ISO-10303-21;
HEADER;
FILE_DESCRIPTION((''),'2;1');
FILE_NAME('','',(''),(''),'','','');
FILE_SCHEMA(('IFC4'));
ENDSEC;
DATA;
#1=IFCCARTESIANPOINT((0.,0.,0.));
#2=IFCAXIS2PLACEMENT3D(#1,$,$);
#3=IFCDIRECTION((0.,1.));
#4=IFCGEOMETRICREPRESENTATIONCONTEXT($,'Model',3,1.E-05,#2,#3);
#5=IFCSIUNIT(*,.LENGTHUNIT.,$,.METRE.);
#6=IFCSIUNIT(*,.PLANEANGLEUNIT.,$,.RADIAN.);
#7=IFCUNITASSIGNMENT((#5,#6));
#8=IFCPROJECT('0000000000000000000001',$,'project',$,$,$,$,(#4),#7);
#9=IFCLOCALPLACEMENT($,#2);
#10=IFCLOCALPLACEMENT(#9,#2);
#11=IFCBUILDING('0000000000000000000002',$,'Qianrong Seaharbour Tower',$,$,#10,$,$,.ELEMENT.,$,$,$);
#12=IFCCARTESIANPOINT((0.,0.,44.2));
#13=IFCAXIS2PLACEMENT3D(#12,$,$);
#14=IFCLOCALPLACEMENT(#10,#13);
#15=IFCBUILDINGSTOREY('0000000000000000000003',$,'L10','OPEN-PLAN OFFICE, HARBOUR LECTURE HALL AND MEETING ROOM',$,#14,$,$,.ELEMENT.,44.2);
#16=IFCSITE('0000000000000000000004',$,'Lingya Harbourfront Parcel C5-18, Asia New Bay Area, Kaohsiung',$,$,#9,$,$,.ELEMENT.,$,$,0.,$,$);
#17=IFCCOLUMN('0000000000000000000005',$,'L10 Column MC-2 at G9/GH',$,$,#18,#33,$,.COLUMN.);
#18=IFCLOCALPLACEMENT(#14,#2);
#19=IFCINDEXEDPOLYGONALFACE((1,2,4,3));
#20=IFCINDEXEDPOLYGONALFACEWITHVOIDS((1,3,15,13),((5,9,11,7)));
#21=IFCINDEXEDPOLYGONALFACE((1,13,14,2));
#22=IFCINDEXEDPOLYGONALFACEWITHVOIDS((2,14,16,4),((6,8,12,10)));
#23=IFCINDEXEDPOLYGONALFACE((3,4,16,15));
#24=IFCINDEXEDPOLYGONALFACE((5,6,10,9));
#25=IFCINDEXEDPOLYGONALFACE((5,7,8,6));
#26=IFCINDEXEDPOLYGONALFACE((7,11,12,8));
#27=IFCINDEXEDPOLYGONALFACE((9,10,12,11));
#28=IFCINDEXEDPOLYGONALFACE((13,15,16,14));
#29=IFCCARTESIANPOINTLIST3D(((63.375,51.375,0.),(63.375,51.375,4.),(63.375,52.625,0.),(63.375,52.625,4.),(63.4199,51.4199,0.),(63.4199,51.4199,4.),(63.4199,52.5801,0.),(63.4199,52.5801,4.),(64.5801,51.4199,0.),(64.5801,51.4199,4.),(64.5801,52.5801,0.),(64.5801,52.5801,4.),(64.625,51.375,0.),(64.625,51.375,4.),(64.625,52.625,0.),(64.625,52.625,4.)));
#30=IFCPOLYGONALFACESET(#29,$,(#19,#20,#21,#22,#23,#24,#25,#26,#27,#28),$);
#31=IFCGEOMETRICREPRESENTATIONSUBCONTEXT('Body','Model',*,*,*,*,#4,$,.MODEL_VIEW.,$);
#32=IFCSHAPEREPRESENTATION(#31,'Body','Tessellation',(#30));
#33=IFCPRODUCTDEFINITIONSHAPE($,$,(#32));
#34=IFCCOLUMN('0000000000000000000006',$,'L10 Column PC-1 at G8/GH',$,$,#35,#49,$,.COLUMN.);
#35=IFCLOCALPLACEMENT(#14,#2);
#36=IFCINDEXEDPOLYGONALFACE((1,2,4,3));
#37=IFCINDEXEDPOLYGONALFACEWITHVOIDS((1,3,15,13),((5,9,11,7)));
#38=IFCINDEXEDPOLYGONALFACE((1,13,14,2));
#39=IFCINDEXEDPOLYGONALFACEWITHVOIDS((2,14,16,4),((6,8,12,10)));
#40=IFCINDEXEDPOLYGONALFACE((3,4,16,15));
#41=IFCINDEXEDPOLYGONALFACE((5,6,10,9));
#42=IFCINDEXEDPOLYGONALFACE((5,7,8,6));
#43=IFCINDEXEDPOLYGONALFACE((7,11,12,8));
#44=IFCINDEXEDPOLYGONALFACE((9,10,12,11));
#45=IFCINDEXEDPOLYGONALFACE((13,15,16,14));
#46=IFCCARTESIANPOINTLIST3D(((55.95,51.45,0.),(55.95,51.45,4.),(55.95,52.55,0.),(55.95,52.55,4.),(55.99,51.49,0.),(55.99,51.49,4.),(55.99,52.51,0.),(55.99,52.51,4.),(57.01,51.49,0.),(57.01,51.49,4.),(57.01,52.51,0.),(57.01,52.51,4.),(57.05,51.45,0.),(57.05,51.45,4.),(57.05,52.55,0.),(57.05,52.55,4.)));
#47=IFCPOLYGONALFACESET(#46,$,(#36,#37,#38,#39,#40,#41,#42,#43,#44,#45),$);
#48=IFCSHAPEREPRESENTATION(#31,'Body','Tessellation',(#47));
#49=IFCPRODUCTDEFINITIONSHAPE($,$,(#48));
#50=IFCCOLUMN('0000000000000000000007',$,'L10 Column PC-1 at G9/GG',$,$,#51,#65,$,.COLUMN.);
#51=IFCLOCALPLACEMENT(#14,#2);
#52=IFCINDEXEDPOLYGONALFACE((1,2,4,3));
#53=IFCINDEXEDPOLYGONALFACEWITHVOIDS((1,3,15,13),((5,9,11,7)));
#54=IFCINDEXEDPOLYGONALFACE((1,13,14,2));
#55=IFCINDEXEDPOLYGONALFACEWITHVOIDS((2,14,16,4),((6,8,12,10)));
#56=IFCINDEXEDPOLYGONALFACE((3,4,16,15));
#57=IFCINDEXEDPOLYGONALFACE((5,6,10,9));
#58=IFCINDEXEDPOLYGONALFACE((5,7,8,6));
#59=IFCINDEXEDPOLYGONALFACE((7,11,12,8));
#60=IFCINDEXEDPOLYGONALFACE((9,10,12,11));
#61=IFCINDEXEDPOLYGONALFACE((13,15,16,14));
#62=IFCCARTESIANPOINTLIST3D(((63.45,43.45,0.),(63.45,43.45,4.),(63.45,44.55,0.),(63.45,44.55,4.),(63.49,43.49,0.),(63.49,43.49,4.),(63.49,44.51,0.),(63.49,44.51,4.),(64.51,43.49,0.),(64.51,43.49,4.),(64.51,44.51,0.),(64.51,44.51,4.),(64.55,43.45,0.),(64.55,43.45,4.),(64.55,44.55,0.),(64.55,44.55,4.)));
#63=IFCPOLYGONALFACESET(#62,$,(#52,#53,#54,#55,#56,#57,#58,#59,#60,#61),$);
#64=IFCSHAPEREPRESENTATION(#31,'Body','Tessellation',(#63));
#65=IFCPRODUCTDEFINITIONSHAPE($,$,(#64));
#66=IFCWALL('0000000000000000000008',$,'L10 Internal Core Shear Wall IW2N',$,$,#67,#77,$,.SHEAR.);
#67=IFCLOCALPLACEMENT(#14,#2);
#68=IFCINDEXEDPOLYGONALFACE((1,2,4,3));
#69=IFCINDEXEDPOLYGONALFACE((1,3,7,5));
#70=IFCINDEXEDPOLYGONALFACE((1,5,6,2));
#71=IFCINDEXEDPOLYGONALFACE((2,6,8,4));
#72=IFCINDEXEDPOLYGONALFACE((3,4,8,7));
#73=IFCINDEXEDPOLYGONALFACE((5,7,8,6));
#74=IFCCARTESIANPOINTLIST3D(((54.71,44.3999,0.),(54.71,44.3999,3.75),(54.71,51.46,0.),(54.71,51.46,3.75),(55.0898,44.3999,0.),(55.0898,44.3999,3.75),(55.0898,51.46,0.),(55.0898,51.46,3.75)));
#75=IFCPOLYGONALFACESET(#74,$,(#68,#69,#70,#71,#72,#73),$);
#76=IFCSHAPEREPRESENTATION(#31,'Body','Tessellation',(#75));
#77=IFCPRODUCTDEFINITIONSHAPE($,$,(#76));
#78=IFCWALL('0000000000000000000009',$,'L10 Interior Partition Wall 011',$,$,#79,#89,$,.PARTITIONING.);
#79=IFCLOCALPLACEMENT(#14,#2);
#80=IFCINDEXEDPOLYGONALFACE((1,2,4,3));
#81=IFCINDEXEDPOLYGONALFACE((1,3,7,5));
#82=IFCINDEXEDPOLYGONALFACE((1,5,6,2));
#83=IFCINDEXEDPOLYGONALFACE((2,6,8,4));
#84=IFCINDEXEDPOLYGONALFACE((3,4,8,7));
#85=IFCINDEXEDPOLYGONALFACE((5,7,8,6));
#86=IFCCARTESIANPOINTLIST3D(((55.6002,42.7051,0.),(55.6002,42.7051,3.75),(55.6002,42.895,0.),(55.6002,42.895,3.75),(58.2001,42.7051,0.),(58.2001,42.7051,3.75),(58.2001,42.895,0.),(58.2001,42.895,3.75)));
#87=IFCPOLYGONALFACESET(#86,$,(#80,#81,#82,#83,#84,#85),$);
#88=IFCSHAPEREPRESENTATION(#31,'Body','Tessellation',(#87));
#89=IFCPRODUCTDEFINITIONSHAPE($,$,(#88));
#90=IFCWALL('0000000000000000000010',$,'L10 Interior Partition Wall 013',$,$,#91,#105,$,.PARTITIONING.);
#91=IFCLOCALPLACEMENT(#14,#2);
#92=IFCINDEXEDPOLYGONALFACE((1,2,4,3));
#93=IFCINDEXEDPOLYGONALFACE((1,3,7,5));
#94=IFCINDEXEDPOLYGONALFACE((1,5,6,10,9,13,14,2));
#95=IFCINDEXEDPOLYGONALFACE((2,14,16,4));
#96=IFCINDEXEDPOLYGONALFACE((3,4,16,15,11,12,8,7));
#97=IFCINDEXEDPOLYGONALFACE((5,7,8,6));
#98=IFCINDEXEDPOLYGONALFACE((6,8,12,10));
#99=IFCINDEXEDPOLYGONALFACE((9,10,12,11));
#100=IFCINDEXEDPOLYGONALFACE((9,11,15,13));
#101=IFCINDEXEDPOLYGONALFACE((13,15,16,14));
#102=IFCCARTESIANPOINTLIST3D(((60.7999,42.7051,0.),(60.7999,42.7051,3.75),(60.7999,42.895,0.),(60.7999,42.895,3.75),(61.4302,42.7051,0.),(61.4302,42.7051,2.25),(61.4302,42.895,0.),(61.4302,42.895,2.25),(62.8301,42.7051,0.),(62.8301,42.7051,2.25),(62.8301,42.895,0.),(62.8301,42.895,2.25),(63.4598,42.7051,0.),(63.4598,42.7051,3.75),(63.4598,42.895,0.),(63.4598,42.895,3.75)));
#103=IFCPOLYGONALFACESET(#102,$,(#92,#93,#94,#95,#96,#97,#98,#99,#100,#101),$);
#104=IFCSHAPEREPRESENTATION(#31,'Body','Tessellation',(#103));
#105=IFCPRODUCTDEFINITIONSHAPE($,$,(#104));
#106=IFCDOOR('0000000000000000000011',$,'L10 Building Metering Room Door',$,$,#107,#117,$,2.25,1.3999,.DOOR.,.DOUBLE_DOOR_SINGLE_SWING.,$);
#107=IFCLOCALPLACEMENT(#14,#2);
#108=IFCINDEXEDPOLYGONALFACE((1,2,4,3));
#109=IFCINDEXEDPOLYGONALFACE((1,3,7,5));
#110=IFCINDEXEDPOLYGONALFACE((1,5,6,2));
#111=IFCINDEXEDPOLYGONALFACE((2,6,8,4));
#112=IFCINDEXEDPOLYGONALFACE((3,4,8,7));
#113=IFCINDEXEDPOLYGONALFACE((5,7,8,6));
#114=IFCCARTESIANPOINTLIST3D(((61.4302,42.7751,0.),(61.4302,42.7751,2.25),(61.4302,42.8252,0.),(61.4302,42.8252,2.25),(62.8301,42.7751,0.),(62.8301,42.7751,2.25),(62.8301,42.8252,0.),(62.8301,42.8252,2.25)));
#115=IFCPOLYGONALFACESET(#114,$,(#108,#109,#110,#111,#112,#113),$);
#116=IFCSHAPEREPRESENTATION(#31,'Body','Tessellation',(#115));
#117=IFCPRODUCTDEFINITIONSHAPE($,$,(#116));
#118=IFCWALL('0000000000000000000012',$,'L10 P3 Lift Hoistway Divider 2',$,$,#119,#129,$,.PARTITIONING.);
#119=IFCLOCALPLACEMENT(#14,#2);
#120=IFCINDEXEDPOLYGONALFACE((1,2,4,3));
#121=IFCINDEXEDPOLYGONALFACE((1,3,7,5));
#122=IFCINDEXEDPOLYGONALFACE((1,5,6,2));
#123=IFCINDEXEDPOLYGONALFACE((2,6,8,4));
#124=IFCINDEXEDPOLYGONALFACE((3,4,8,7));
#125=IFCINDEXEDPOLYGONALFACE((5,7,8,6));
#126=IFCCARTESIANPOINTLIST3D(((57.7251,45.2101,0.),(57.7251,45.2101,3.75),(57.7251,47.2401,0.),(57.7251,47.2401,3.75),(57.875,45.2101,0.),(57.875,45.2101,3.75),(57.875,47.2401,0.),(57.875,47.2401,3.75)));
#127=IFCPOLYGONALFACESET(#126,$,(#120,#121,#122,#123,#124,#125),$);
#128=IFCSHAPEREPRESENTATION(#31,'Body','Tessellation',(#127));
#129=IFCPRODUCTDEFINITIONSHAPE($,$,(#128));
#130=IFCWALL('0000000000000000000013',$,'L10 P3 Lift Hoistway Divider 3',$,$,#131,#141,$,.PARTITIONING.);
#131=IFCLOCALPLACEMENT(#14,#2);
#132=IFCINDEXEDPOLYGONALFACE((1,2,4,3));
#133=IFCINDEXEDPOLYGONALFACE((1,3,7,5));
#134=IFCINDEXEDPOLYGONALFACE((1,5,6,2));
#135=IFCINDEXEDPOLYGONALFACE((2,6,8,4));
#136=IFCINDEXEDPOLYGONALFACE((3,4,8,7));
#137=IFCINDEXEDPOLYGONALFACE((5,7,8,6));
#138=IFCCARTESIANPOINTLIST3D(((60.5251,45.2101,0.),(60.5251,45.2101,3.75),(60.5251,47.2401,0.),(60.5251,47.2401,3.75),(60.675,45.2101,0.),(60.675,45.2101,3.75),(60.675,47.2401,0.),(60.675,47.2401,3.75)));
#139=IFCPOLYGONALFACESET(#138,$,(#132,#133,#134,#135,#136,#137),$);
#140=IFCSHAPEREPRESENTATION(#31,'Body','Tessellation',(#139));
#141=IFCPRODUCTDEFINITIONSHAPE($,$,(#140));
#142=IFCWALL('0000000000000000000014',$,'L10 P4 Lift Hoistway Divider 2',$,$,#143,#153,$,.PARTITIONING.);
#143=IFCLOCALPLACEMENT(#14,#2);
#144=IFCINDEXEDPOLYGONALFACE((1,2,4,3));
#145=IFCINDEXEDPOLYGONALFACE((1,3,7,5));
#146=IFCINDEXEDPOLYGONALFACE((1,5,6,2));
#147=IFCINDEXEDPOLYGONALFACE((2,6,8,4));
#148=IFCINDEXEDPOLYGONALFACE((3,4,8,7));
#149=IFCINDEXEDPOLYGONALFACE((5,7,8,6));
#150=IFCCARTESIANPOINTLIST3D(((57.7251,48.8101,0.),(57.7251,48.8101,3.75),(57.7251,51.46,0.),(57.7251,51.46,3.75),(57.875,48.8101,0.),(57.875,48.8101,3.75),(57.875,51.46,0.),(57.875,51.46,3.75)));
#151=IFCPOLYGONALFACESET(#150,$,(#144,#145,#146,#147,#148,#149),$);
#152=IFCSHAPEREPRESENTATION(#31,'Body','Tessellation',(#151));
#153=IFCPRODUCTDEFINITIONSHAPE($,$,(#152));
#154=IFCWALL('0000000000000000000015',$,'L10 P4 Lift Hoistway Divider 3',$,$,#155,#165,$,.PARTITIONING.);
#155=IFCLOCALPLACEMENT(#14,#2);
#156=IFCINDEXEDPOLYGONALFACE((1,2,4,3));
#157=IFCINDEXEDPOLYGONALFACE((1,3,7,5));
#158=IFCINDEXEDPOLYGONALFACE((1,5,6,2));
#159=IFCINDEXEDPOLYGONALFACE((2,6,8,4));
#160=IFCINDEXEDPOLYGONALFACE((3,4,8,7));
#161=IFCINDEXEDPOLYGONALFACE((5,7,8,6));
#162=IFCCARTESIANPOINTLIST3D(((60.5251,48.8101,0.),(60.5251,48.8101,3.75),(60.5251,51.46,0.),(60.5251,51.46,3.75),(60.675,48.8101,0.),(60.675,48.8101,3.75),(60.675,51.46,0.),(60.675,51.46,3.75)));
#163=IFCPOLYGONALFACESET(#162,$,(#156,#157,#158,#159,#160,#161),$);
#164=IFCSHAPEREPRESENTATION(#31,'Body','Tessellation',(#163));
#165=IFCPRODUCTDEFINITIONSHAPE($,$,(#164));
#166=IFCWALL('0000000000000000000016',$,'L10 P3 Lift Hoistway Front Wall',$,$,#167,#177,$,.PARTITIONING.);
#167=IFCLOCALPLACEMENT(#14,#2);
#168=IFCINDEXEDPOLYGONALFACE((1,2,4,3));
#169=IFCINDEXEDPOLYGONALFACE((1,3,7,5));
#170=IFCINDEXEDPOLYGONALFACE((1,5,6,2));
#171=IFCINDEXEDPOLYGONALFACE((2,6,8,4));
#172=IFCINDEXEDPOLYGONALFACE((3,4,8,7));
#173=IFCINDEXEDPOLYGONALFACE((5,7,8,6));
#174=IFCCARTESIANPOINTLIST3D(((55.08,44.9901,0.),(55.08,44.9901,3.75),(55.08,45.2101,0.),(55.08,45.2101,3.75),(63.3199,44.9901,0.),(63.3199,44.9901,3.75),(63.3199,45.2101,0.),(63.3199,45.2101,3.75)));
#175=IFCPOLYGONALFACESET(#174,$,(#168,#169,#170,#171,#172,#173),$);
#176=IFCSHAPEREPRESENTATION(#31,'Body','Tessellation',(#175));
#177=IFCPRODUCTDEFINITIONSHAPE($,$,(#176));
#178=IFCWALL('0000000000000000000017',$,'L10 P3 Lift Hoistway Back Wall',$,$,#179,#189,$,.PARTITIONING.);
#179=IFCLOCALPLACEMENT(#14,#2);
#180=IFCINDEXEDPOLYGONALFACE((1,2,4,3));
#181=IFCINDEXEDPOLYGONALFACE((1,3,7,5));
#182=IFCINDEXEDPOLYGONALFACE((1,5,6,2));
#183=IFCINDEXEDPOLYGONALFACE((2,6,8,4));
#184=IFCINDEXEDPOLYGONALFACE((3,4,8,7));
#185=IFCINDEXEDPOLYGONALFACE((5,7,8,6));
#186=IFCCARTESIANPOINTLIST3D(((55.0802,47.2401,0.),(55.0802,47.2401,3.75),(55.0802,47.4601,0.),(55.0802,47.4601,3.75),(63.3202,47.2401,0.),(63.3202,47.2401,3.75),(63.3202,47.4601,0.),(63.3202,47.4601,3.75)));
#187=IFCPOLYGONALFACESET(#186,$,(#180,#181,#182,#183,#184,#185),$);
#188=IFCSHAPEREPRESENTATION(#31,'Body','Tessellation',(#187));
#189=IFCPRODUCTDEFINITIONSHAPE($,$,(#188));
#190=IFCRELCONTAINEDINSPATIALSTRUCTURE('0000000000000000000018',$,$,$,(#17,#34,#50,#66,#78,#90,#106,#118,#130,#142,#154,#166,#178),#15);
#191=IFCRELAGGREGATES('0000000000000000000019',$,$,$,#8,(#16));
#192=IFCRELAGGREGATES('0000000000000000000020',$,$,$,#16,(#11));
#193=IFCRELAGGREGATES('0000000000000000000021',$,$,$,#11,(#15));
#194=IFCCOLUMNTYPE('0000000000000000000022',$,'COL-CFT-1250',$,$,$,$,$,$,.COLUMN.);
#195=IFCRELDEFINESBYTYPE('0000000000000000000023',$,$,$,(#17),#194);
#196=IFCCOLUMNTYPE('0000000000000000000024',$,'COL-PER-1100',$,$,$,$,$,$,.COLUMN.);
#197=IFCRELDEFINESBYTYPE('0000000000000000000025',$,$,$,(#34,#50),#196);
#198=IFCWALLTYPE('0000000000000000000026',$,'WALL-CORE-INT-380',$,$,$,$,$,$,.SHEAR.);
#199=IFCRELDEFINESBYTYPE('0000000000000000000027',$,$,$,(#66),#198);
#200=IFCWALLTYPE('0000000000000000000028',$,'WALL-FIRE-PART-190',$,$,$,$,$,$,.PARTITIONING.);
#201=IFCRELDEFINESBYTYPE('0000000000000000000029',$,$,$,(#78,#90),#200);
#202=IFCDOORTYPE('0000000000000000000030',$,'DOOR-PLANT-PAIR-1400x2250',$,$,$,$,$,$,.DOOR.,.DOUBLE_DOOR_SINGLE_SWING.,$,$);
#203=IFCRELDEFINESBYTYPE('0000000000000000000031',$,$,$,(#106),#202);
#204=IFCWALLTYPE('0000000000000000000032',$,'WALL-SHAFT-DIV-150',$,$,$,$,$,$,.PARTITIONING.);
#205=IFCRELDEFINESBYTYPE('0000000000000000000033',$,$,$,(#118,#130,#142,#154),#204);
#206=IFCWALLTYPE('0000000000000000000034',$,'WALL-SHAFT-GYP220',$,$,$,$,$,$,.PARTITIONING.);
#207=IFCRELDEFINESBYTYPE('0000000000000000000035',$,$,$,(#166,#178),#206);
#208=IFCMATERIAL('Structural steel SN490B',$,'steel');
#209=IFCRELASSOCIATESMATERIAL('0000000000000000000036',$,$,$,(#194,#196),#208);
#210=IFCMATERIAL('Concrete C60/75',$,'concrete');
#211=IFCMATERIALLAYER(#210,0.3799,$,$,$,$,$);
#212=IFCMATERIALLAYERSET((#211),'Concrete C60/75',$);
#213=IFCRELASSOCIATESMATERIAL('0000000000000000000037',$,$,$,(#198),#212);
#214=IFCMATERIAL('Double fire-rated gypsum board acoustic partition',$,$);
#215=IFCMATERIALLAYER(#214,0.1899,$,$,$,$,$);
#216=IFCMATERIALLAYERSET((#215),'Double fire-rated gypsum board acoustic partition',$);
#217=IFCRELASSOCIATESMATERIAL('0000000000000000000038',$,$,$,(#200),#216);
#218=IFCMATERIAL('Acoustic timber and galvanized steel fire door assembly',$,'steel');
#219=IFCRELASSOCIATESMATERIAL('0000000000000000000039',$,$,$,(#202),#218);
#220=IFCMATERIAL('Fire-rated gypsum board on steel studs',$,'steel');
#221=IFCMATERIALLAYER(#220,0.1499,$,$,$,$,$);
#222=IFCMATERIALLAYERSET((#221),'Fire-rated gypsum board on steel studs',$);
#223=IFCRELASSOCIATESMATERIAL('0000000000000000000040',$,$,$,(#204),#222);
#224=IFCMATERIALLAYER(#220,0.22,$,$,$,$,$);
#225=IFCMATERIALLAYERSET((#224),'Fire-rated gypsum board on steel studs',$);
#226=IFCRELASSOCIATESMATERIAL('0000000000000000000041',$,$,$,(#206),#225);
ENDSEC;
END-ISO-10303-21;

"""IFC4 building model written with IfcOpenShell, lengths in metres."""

from ifc_helpers import new_model, si_unit, direction, frame, frame_2d, origin, origin_2d, place, context, subcontext, project, spatial, rectangle, hollow_rectangle, extrude, material, layer, layer_set, material_profile, profile_set, type_object, element, fill, save


model = new_model("IFC4")

# Units and contexts
model_context = context("Model", 3, precision=1e-05, world=origin(), true_north=direction((0.0, 1.0)))
body_context = subcontext(model_context, "Body", "Model", "MODEL_VIEW")
ifc_project = project(units=[si_unit("LENGTHUNIT", "METRE"), si_unit("PLANEANGLEUNIT", "RADIAN")], contexts=[model_context])

# Site, building, storey
site_placement = place(None, origin())
site = spatial("IfcSite", under=ifc_project, at=site_placement, Name="Lingya Harbourfront Parcel C5-18, Asia New Bay Area, Kaohsiung", CompositionType="ELEMENT", RefElevation=0.0)
building_placement = place(site_placement, origin())
building = spatial("IfcBuilding", under=site, at=building_placement, Name="Qianrong Seaharbour Tower", CompositionType="ELEMENT")
storey_placement = place(building_placement, frame((0.0, 0.0, 44.2)))
storey = spatial("IfcBuildingStorey", under=building, at=storey_placement, Name="L10", Description="OPEN-PLAN OFFICE, HARBOUR LECTURE HALL AND MEETING ROOM", CompositionType="ELEMENT", Elevation=44.2)

# Columns
ifc_material_1 = material(Name="Structural steel SN490B", Category="steel")
ifc_material_profile_1 = material_profile(ifc_material_1, hollow_rectangle(XDim=1.25, YDim=1.25, WallThickness=0.0449, at=origin_2d()), Name="BOX1250x1250x45")
ifc_profile_set_1 = profile_set([ifc_material_profile_1], Name="Structural steel SN490B")
column_type_1 = type_object("IfcColumnType", Name="COL-CFT-1250", PredefinedType="COLUMN", material=ifc_profile_set_1)
column_placement = place(storey_placement, frame((64.0, 52.0, 0.0), z_axis=(0.0, 0.0, 1.0), x_axis=(1.0, 0.0, 0.0)))
element("IfcColumn", 1, at=column_placement, inside=storey, type_object=column_type_1, Name="L10 Column MC-2 at G9/GH", PredefinedType="COLUMN", context=body_context, shape_type="SweptSolid", body=[
    extrude(hollow_rectangle(XDim=1.25, YDim=1.25, WallThickness=0.0449, at=origin_2d()), origin(), (0.0, 0.0, 1.0), 4.0),
])
ifc_material_profile_2 = material_profile(ifc_material_1, hollow_rectangle(XDim=1.1001, YDim=1.1001, WallThickness=0.04, at=origin_2d()), Name="BOX1100x1100x40")
ifc_profile_set_2 = profile_set([ifc_material_profile_2], Name="Structural steel SN490B")
column_type_2 = type_object("IfcColumnType", Name="COL-PER-1100", PredefinedType="COLUMN", material=ifc_profile_set_2)
for number, where, z_axis, x_axis, name in (
    (2, (56.5, 52.0, 0.0), (0.0, 0.0, 1.0), (1.0, 0.0, 0.0), "L10 Column PC-1 at G8/GH"),
    (3, (64.0, 44.0, 0.0), (0.0, 0.0, 1.0), (1.0, 0.0, 0.0), "L10 Column PC-1 at G9/GG"),
):
    element("IfcColumn", number, at=place(storey_placement, frame(where, z_axis=z_axis, x_axis=x_axis)), inside=storey, type_object=column_type_2, Name=name, PredefinedType="COLUMN", context=body_context, shape_type="SweptSolid", body=[
        extrude(hollow_rectangle(XDim=1.1001, YDim=1.1001, WallThickness=0.04, at=origin_2d()), origin(), (0.0, 0.0, 1.0), 4.0),
    ])

# Wall
ifc_material_2 = material(Name="Concrete C60/75", Category="concrete")
ifc_layer_1 = layer(ifc_material_2, 0.3799)
ifc_layer_set_1 = layer_set([ifc_layer_1], Name="Concrete C60/75")
wall_type_1 = type_object("IfcWallType", Name="WALL-CORE-INT-380", PredefinedType="SHEAR", material=ifc_layer_set_1)
wall_1_placement = place(storey_placement, frame((54.8999, 44.3999, 0.0), z_axis=(0.0, 0.0, 1.0), x_axis=(0.0, 1.0, 0.0)))
element("IfcWall", 4, at=wall_1_placement, inside=storey, type_object=wall_type_1, Name="L10 Internal Core Shear Wall IW2N", PredefinedType="SHEAR", context=body_context, shape_type="SweptSolid", body=[
    extrude(rectangle(XDim=7.0601, YDim=0.3799, at=frame_2d((3.53, 0.0))), origin(), (0.0, 0.0, 1.0), 3.75),
])

# Shared definitions
ifc_material_3 = material(Name="Acoustic timber and galvanized steel fire door assembly", Category="steel")
ifc_material_4 = material(Name="Double fire-rated gypsum board acoustic partition")
ifc_layer_2 = layer(ifc_material_4, 0.1899)
ifc_layer_set_2 = layer_set([ifc_layer_2], Name="Double fire-rated gypsum board acoustic partition")
wall_type_2 = type_object("IfcWallType", Name="WALL-FIRE-PART-190", PredefinedType="PARTITIONING", material=ifc_layer_set_2)

# Wall
wall_2_placement = place(storey_placement, frame((58.2, 42.8, 0.0), z_axis=(0.0, 0.0, 1.0), x_axis=(-1.0, 0.0, 0.0)))
element("IfcWall", 5, at=wall_2_placement, inside=storey, type_object=wall_type_2, Name="L10 Interior Partition Wall 011", PredefinedType="PARTITIONING", context=body_context, shape_type="SweptSolid", body=[
    extrude(rectangle(XDim=2.5999, YDim=0.1899, at=frame_2d((1.2998, 0.0))), origin(), (0.0, 0.0, 1.0), 3.75),
])

# Wall, opening, door
wall_3_placement = place(storey_placement, frame((63.46, 42.8, 0.0), z_axis=(0.0, 0.0, 1.0), x_axis=(-1.0, 0.0, 0.0)))
wall_3 = element("IfcWall", 6, at=wall_3_placement, inside=storey, type_object=wall_type_2, Name="L10 Interior Partition Wall 013", PredefinedType="PARTITIONING", context=body_context, shape_type="SweptSolid", body=[
    extrude(rectangle(XDim=2.6599, YDim=0.1899, at=frame_2d((1.3301, 0.0))), origin(), (0.0, 0.0, 1.0), 3.75),
])
opening_1_placement = place(wall_3_placement, frame((0.6299, 0.0, 0.0)))
opening_1 = element("IfcOpeningElement", 7, at=opening_1_placement, cuts=wall_3, PredefinedType="OPENING", context=body_context, shape_type="SweptSolid", body=[
    extrude(rectangle(XDim=1.3999, YDim=2.25, at=frame_2d((0.7, 1.125))), frame((0.0, 0.105, 0.0), z_axis=(0.0, -1.0, 0.0), x_axis=(1.0, 0.0, 0.0)), (0.0, 0.0, 1.0), 0.21),
])
door_type_1 = type_object("IfcDoorType", Name="DOOR-PLANT-PAIR-1400x2250", OperationType="DOUBLE_DOOR_SINGLE_SWING", PredefinedType="DOOR", material=ifc_material_3)
door_1_placement = place(opening_1_placement, origin())
door_1 = element("IfcDoor", 8, at=door_1_placement, inside=storey, type_object=door_type_1, Name="L10 Building Metering Room Door", OperationType="DOUBLE_DOOR_SINGLE_SWING", OverallHeight=2.25, OverallWidth=1.3999, PredefinedType="DOOR", context=body_context, shape_type="SweptSolid", body=[
    extrude(rectangle(XDim=1.3999, YDim=2.25, at=frame_2d((0.7, 1.125))), frame((0.0, 0.0249, 0.0), z_axis=(0.0, -1.0, 0.0), x_axis=(1.0, 0.0, 0.0)), (0.0, 0.0, 1.0), 0.05),
])
fill(opening_1, door_1)

# Walls
ifc_material_5 = material(Name="Fire-rated gypsum board on steel studs", Category="steel")
ifc_layer_3 = layer(ifc_material_5, 0.1499)
ifc_layer_set_3 = layer_set([ifc_layer_3], Name="Fire-rated gypsum board on steel studs")
wall_type_3 = type_object("IfcWallType", Name="WALL-SHAFT-DIV-150", PredefinedType="PARTITIONING", material=ifc_layer_set_3)
for number, where, z_axis, x_axis, name in (
    (9, (57.8, 45.21, 0.0), (0.0, 0.0, 1.0), (0.0, 1.0, 0.0), "L10 P3 Lift Hoistway Divider 2"),
    (10, (60.6001, 45.21, 0.0), (0.0, 0.0, 1.0), (0.0, 1.0, 0.0), "L10 P3 Lift Hoistway Divider 3"),
):
    element("IfcWall", number, at=place(storey_placement, frame(where, z_axis=z_axis, x_axis=x_axis)), inside=storey, type_object=wall_type_3, Name=name, PredefinedType="PARTITIONING", context=body_context, shape_type="SweptSolid", body=[
        extrude(rectangle(XDim=2.03, YDim=0.1499, at=frame_2d((1.0151, 0.0))), origin(), (0.0, 0.0, 1.0), 3.75),
    ])
for number, where, z_axis, x_axis, name in (
    (11, (57.8, 48.8101, 0.0), (0.0, 0.0, 1.0), (0.0, 1.0, 0.0), "L10 P4 Lift Hoistway Divider 2"),
    (12, (60.6001, 48.8101, 0.0), (0.0, 0.0, 1.0), (0.0, 1.0, 0.0), "L10 P4 Lift Hoistway Divider 3"),
):
    element("IfcWall", number, at=place(storey_placement, frame(where, z_axis=z_axis, x_axis=x_axis)), inside=storey, type_object=wall_type_3, Name=name, PredefinedType="PARTITIONING", context=body_context, shape_type="SweptSolid", body=[
        extrude(rectangle(XDim=2.6499, YDim=0.1499, at=frame_2d((1.325, 0.0))), origin(), (0.0, 0.0, 1.0), 3.75),
    ])
ifc_layer_4 = layer(ifc_material_5, 0.22)
ifc_layer_set_4 = layer_set([ifc_layer_4], Name="Fire-rated gypsum board on steel studs")
wall_type_4 = type_object("IfcWallType", Name="WALL-SHAFT-GYP220", PredefinedType="PARTITIONING", material=ifc_layer_set_4)
for number, where, z_axis, x_axis, name in (
    (13, (63.3201, 45.1001, 0.0), (0.0, 0.0, 1.0), (-1.0, 0.0, 0.0), "L10 P3 Lift Hoistway Front Wall"),
    (14, (55.0801, 47.3501, 0.0), (0.0, 0.0, 1.0), (1.0, 0.0, 0.0), "L10 P3 Lift Hoistway Back Wall"),
):
    element("IfcWall", number, at=place(storey_placement, frame(where, z_axis=z_axis, x_axis=x_axis)), inside=storey, type_object=wall_type_4, Name=name, PredefinedType="PARTITIONING", context=body_context, shape_type="SweptSolid", body=[
        extrude(rectangle(XDim=8.24, YDim=0.22, at=frame_2d((4.1201, 0.0))), origin(), (0.0, 0.0, 1.0), 3.75),
    ])

save(model, "model.ifc")
